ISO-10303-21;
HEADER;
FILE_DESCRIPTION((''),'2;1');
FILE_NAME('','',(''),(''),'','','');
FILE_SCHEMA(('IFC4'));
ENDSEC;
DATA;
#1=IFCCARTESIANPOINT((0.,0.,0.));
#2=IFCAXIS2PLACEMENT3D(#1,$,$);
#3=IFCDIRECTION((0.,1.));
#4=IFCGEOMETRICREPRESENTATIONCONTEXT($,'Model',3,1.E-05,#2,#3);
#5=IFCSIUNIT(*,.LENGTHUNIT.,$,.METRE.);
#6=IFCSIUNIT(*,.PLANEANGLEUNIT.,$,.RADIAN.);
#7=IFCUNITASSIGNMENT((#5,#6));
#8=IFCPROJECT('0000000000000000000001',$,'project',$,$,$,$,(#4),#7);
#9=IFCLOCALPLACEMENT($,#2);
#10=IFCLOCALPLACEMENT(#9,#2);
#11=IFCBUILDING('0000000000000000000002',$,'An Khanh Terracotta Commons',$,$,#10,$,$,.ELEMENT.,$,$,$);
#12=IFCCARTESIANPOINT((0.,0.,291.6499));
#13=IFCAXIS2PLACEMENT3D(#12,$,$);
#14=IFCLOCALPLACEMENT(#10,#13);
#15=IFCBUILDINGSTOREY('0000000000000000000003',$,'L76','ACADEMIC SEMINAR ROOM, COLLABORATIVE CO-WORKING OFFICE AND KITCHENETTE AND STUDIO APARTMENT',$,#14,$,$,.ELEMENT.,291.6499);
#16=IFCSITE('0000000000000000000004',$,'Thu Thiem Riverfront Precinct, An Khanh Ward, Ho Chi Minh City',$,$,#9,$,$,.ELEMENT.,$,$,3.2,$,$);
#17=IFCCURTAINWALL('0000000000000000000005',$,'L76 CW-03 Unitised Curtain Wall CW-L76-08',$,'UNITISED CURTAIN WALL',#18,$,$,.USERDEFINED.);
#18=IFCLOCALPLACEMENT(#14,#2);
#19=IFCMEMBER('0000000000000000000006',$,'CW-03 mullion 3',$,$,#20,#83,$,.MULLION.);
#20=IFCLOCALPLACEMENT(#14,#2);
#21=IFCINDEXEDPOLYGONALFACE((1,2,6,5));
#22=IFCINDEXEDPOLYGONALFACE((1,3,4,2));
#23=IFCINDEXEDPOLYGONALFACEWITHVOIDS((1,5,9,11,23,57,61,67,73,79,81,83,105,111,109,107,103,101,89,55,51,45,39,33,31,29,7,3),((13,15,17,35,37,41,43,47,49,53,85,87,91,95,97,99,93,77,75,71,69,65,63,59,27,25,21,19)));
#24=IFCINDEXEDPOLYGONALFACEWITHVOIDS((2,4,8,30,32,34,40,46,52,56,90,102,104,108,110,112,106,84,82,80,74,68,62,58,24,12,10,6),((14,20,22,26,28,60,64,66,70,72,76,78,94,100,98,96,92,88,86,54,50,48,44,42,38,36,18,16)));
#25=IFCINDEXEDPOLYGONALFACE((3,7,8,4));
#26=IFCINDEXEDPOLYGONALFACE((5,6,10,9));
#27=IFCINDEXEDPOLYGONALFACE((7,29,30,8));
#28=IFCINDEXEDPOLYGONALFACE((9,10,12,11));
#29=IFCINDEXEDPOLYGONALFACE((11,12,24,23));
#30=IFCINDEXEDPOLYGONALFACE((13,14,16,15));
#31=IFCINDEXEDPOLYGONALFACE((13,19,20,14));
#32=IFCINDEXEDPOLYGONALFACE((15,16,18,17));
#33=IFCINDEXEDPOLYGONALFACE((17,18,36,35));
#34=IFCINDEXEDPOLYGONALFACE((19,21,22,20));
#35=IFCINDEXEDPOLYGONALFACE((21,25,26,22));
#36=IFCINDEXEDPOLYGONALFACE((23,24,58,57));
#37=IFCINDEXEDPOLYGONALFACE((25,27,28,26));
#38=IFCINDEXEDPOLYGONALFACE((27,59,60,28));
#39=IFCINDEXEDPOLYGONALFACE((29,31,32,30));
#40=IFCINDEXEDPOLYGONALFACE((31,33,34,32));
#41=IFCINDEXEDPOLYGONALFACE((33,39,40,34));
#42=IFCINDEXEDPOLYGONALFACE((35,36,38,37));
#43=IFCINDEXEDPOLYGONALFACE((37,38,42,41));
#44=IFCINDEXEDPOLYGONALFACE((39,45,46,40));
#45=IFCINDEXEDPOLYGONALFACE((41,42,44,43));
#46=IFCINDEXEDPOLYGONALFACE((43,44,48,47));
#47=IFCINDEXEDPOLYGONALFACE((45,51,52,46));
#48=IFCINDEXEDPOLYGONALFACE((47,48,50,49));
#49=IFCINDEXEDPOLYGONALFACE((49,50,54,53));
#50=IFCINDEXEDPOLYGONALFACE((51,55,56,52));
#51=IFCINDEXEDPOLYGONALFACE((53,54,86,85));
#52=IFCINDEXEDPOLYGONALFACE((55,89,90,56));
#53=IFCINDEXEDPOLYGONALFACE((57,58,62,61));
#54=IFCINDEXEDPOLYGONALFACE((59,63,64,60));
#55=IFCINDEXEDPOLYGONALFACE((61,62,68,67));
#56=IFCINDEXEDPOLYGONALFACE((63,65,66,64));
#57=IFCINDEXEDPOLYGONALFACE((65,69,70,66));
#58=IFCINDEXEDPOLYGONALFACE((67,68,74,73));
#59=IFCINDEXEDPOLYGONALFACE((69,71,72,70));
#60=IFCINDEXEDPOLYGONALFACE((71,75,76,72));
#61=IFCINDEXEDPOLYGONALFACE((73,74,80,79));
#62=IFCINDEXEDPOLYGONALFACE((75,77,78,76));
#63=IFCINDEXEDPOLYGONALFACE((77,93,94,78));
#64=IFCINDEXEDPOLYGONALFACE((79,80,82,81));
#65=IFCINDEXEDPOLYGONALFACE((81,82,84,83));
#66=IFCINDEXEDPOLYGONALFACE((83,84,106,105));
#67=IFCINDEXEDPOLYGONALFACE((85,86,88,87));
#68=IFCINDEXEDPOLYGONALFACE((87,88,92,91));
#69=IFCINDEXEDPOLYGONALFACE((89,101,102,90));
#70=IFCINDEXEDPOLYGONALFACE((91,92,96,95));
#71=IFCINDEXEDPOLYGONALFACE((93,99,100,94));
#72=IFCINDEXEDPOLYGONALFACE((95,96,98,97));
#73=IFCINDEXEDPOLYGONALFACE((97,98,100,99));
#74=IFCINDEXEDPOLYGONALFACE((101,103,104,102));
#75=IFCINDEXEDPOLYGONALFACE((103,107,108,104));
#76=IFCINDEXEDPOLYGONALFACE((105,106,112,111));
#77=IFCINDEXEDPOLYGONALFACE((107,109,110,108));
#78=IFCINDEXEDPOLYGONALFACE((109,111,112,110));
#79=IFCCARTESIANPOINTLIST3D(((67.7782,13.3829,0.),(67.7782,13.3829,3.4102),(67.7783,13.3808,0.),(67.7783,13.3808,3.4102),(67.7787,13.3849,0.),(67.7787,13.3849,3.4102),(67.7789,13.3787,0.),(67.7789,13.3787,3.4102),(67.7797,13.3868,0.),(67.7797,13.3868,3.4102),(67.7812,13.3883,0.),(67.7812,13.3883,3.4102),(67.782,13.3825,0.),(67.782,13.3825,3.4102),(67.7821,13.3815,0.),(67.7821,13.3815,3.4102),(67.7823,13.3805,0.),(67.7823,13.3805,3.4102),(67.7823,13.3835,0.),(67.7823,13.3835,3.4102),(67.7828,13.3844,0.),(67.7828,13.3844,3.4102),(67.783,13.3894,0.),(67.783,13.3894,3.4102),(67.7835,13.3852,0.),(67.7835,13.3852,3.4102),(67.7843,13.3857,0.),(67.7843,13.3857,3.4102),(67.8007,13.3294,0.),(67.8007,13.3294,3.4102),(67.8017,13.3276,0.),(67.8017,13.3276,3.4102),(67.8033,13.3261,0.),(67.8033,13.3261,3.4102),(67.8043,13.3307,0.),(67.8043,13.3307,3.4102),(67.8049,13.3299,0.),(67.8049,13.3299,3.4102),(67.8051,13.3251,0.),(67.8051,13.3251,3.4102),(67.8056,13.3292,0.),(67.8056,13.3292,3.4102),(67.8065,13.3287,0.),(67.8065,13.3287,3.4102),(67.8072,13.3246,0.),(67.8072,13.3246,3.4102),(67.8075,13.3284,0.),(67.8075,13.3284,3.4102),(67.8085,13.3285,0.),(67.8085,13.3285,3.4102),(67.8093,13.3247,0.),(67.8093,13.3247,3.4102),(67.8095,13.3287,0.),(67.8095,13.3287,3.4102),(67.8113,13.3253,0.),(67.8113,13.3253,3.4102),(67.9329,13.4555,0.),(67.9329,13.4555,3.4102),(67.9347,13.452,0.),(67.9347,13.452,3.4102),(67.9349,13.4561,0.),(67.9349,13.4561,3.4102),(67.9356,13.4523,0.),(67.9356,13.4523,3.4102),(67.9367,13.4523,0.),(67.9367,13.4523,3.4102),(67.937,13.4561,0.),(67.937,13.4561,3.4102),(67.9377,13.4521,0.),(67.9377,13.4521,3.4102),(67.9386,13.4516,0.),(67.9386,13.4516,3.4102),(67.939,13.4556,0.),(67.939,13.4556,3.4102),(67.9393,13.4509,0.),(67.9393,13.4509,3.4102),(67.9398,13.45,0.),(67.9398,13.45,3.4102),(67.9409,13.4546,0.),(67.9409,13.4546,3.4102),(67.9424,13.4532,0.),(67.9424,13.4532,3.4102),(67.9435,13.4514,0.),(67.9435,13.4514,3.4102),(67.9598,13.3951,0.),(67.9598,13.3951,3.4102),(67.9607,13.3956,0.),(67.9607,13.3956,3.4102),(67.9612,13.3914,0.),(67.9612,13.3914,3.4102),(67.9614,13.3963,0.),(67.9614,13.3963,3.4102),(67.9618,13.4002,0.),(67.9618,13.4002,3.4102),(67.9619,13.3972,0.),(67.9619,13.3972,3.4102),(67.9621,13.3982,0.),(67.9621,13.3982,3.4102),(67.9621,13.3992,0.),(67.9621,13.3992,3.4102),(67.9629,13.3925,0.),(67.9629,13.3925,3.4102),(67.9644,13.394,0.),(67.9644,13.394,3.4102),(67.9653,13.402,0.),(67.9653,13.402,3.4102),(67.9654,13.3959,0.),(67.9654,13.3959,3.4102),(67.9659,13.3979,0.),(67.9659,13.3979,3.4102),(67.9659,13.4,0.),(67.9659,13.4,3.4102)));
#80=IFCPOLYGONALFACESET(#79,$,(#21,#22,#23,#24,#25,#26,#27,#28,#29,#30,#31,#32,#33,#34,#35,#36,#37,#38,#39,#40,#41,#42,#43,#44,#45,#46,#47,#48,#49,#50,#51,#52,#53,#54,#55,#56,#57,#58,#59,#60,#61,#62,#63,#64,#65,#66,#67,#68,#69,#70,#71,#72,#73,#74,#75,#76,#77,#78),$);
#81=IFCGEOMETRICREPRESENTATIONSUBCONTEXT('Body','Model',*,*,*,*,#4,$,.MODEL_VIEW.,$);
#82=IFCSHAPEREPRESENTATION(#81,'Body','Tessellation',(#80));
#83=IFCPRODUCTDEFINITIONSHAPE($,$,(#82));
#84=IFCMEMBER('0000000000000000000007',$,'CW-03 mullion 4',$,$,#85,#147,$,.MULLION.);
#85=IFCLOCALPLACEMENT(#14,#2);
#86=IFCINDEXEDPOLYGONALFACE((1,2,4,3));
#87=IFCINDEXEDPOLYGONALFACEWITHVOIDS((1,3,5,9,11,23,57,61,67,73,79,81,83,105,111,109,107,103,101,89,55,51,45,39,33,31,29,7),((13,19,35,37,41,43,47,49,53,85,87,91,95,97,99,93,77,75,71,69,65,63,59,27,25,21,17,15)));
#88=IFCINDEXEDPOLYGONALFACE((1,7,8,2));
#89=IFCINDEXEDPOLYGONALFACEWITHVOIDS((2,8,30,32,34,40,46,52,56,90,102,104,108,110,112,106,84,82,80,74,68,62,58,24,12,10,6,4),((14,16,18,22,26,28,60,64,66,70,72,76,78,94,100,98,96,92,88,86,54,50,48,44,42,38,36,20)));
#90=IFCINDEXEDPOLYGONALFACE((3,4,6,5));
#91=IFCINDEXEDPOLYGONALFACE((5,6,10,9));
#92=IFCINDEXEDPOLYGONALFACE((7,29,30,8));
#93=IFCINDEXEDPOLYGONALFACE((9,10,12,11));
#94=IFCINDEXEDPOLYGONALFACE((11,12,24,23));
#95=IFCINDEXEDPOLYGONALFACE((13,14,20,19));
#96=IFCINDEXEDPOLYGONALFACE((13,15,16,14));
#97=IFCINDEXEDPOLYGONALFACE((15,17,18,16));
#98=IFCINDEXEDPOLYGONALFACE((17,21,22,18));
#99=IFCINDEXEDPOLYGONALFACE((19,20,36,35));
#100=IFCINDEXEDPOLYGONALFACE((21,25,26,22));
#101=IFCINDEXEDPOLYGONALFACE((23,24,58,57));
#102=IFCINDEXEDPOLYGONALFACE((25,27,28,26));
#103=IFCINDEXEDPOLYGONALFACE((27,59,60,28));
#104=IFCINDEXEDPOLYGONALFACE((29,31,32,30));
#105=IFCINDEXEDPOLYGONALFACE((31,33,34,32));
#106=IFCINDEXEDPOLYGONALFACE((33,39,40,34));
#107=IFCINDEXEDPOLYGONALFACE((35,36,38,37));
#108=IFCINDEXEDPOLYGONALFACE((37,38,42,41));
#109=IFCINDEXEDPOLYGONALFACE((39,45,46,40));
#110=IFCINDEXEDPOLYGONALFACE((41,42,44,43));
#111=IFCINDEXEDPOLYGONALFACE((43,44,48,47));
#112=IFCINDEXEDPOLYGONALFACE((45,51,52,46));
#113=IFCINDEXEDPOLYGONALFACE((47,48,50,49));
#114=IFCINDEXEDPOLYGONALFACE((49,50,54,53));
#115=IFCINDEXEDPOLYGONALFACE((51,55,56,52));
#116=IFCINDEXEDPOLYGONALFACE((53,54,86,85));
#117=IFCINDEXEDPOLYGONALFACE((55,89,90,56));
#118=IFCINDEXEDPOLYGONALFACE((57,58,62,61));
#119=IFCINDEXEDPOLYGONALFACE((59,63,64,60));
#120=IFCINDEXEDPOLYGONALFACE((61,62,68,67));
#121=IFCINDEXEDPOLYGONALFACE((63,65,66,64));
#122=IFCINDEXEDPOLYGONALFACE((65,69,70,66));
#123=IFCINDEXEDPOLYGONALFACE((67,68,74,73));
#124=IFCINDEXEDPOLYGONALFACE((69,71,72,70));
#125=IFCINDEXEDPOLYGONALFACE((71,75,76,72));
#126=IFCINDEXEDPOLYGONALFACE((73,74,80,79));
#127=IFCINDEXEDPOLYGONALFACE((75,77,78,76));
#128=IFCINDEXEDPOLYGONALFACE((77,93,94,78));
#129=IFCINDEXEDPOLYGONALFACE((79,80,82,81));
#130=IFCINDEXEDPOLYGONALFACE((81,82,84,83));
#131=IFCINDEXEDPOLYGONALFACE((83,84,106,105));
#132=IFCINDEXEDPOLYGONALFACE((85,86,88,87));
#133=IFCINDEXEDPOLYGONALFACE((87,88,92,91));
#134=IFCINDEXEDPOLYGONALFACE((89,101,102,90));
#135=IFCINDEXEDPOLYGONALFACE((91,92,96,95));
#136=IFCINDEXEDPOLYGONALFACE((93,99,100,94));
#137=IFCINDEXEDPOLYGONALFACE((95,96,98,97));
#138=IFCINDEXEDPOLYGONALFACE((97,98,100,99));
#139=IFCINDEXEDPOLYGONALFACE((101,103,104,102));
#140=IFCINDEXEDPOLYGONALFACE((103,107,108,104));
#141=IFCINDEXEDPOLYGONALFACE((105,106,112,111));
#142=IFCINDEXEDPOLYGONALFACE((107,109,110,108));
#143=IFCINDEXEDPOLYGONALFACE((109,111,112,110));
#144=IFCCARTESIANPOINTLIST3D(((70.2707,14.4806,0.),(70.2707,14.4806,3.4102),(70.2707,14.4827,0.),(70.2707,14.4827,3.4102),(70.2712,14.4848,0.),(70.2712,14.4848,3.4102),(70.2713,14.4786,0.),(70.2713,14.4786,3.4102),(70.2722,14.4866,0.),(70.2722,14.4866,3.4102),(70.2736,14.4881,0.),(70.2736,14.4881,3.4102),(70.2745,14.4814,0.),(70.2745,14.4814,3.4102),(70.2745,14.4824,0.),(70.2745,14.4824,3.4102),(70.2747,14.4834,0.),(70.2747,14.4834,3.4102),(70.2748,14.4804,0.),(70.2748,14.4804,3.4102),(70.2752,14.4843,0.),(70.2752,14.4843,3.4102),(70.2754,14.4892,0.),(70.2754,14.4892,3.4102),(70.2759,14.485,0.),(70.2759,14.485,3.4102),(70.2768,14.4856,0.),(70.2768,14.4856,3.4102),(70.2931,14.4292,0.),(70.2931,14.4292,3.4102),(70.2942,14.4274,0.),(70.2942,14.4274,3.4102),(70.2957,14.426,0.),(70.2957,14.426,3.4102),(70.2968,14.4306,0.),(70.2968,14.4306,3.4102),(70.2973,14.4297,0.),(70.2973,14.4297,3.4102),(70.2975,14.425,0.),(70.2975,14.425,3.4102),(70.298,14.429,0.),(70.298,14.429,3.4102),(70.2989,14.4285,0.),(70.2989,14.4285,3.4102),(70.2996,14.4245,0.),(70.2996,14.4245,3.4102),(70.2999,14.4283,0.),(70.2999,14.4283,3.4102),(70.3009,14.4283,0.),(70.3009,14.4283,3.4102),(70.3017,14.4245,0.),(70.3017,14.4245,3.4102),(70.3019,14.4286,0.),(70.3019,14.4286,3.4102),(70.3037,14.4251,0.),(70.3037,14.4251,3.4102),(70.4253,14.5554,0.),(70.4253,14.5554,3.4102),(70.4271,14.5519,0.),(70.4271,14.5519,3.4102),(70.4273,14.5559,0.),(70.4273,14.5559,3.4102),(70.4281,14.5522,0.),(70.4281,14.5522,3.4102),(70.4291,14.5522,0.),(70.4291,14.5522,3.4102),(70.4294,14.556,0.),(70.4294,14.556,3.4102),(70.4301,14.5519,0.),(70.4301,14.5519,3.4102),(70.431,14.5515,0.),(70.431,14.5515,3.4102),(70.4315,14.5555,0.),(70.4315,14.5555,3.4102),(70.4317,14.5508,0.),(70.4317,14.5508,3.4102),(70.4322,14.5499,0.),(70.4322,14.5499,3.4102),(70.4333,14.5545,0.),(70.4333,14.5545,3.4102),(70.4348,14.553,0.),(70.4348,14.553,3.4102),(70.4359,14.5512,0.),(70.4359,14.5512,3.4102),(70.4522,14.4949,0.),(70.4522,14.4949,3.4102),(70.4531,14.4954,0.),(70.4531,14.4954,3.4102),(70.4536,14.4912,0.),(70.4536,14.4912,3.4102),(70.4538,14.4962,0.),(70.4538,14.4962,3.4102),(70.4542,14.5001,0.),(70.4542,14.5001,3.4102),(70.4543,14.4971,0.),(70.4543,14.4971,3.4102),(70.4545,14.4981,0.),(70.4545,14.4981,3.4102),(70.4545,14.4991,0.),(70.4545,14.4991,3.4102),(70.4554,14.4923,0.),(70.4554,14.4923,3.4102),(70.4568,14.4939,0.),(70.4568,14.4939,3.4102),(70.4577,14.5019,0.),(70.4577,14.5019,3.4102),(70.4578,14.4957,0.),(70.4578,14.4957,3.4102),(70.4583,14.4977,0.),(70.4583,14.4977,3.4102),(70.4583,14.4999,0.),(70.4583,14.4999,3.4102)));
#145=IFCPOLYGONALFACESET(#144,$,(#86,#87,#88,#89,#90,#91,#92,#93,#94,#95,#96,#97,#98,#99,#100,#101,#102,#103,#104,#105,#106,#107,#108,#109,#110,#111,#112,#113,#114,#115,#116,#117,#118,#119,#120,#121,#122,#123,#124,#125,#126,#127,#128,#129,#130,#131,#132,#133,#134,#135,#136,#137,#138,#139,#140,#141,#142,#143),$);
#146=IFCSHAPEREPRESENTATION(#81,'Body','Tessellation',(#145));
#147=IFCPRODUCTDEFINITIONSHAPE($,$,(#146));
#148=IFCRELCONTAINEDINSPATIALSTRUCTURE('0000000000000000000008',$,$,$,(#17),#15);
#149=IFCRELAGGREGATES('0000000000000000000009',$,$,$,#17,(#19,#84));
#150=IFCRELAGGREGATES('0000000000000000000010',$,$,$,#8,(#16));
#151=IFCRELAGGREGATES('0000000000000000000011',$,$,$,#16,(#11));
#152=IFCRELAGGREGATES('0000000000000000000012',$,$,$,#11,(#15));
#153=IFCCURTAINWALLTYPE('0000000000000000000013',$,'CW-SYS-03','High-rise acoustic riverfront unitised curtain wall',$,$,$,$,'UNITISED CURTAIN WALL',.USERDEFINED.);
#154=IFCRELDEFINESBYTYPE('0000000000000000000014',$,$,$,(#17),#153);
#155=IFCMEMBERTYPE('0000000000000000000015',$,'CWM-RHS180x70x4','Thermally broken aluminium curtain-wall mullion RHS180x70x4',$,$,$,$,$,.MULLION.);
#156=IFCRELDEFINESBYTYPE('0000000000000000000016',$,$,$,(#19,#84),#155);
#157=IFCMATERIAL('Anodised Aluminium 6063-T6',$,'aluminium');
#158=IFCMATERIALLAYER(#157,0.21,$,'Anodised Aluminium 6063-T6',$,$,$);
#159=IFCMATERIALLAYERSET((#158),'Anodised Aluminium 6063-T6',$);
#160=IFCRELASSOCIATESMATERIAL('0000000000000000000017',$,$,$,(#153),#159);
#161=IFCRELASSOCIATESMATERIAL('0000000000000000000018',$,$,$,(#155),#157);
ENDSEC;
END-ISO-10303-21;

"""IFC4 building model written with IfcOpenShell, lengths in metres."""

from ifc_helpers import new_model, si_unit, direction, frame, origin, origin_2d, place, context, subcontext, project, spatial, hollow_rectangle, extrude, material, layer, layer_set, material_profile, profile_set, type_object, element, aggregate, save


model = new_model("IFC4")

# Units and contexts
model_context = context("Model", 3, precision=1e-05, world=origin(), true_north=direction((0.0, 1.0)))
body_context = subcontext(model_context, "Body", "Model", "MODEL_VIEW")
ifc_project = project(units=[si_unit("LENGTHUNIT", "METRE"), si_unit("PLANEANGLEUNIT", "RADIAN")], contexts=[model_context])

# Site, building, storey
site_placement = place(None, origin())
site = spatial("IfcSite", under=ifc_project, at=site_placement, Name="Thu Thiem Riverfront Precinct, An Khanh Ward, Ho Chi Minh City", CompositionType="ELEMENT", RefElevation=3.2)
building_placement = place(site_placement, origin())
building = spatial("IfcBuilding", under=site, at=building_placement, Name="An Khanh Terracotta Commons", CompositionType="ELEMENT")
storey_placement = place(building_placement, frame((0.0, 0.0, 291.6499)))
storey = spatial("IfcBuildingStorey", under=building, at=storey_placement, Name="L76", Description="ACADEMIC SEMINAR ROOM, COLLABORATIVE CO-WORKING OFFICE AND KITCHENETTE AND STUDIO APARTMENT", CompositionType="ELEMENT", Elevation=291.6499)

# Curtain wall, members
ifc_material_1 = material(Name="Anodised Aluminium 6063-T6", Category="aluminium")
ifc_layer_1 = layer(ifc_material_1, 0.21, Name="Anodised Aluminium 6063-T6")
ifc_layer_set_1 = layer_set([ifc_layer_1], Name="Anodised Aluminium 6063-T6")
curtain_wall_type = type_object("IfcCurtainWallType", Name="CW-SYS-03", Description="High-rise acoustic riverfront unitised curtain wall", ElementType="UNITISED CURTAIN WALL", PredefinedType="USERDEFINED", material=ifc_layer_set_1)
curtain_wall_1_placement = place(storey_placement, origin())
curtain_wall_1 = element("IfcCurtainWall", 1, at=curtain_wall_1_placement, inside=storey, type_object=curtain_wall_type, Name="L76 CW-03 Unitised Curtain Wall CW-L76-08", ObjectType="UNITISED CURTAIN WALL", PredefinedType="USERDEFINED")
ifc_material_profile_1 = material_profile(ifc_material_1, hollow_rectangle(XDim=0.0701, YDim=0.1799, WallThickness=0.0039, InnerFilletRadius=0.0039, OuterFilletRadius=0.0081, at=origin_2d()), Name="RHS180x70x4")
ifc_profile_set_1 = profile_set([ifc_material_profile_1], Name="Anodised Aluminium 6063-T6")
member_type_1 = type_object("IfcMemberType", Name="CWM-RHS180x70x4", Description="Thermally broken aluminium curtain-wall mullion RHS180x70x4", PredefinedType="MULLION", material=ifc_profile_set_1)
member_1_placement = place(storey_placement, frame((67.8721, 13.3904, 0.0), z_axis=(0.0, 0.0, 1.0), x_axis=(-0.403676, 0.914902, 0.0)))
member_1 = element("IfcMember", 2, at=member_1_placement, type_object=member_type_1, Name="CW-03 mullion 3", PredefinedType="MULLION", context=body_context, shape_type="SweptSolid", body=[
    extrude(hollow_rectangle(XDim=0.0701, YDim=0.1799, WallThickness=0.0039, InnerFilletRadius=0.0039, OuterFilletRadius=0.0081, at=origin_2d()), origin(), (0.0, 0.0, 1.0), 3.4102),
])
member_2_placement = place(storey_placement, frame((70.3645, 14.4902, 0.0), z_axis=(0.0, 0.0, 1.0), x_axis=(-0.403676, 0.914902, 0.0)))
member_2 = element("IfcMember", 3, at=member_2_placement, type_object=member_type_1, Name="CW-03 mullion 4", PredefinedType="MULLION", context=body_context, shape_type="SweptSolid", body=[
    extrude(hollow_rectangle(XDim=0.0701, YDim=0.1799, WallThickness=0.0039, InnerFilletRadius=0.0039, OuterFilletRadius=0.0081, at=origin_2d()), origin(), (0.0, 0.0, 1.0), 3.4102),
])

aggregate(curtain_wall_1, [member_1, member_2])

save(model, "model.ifc")
